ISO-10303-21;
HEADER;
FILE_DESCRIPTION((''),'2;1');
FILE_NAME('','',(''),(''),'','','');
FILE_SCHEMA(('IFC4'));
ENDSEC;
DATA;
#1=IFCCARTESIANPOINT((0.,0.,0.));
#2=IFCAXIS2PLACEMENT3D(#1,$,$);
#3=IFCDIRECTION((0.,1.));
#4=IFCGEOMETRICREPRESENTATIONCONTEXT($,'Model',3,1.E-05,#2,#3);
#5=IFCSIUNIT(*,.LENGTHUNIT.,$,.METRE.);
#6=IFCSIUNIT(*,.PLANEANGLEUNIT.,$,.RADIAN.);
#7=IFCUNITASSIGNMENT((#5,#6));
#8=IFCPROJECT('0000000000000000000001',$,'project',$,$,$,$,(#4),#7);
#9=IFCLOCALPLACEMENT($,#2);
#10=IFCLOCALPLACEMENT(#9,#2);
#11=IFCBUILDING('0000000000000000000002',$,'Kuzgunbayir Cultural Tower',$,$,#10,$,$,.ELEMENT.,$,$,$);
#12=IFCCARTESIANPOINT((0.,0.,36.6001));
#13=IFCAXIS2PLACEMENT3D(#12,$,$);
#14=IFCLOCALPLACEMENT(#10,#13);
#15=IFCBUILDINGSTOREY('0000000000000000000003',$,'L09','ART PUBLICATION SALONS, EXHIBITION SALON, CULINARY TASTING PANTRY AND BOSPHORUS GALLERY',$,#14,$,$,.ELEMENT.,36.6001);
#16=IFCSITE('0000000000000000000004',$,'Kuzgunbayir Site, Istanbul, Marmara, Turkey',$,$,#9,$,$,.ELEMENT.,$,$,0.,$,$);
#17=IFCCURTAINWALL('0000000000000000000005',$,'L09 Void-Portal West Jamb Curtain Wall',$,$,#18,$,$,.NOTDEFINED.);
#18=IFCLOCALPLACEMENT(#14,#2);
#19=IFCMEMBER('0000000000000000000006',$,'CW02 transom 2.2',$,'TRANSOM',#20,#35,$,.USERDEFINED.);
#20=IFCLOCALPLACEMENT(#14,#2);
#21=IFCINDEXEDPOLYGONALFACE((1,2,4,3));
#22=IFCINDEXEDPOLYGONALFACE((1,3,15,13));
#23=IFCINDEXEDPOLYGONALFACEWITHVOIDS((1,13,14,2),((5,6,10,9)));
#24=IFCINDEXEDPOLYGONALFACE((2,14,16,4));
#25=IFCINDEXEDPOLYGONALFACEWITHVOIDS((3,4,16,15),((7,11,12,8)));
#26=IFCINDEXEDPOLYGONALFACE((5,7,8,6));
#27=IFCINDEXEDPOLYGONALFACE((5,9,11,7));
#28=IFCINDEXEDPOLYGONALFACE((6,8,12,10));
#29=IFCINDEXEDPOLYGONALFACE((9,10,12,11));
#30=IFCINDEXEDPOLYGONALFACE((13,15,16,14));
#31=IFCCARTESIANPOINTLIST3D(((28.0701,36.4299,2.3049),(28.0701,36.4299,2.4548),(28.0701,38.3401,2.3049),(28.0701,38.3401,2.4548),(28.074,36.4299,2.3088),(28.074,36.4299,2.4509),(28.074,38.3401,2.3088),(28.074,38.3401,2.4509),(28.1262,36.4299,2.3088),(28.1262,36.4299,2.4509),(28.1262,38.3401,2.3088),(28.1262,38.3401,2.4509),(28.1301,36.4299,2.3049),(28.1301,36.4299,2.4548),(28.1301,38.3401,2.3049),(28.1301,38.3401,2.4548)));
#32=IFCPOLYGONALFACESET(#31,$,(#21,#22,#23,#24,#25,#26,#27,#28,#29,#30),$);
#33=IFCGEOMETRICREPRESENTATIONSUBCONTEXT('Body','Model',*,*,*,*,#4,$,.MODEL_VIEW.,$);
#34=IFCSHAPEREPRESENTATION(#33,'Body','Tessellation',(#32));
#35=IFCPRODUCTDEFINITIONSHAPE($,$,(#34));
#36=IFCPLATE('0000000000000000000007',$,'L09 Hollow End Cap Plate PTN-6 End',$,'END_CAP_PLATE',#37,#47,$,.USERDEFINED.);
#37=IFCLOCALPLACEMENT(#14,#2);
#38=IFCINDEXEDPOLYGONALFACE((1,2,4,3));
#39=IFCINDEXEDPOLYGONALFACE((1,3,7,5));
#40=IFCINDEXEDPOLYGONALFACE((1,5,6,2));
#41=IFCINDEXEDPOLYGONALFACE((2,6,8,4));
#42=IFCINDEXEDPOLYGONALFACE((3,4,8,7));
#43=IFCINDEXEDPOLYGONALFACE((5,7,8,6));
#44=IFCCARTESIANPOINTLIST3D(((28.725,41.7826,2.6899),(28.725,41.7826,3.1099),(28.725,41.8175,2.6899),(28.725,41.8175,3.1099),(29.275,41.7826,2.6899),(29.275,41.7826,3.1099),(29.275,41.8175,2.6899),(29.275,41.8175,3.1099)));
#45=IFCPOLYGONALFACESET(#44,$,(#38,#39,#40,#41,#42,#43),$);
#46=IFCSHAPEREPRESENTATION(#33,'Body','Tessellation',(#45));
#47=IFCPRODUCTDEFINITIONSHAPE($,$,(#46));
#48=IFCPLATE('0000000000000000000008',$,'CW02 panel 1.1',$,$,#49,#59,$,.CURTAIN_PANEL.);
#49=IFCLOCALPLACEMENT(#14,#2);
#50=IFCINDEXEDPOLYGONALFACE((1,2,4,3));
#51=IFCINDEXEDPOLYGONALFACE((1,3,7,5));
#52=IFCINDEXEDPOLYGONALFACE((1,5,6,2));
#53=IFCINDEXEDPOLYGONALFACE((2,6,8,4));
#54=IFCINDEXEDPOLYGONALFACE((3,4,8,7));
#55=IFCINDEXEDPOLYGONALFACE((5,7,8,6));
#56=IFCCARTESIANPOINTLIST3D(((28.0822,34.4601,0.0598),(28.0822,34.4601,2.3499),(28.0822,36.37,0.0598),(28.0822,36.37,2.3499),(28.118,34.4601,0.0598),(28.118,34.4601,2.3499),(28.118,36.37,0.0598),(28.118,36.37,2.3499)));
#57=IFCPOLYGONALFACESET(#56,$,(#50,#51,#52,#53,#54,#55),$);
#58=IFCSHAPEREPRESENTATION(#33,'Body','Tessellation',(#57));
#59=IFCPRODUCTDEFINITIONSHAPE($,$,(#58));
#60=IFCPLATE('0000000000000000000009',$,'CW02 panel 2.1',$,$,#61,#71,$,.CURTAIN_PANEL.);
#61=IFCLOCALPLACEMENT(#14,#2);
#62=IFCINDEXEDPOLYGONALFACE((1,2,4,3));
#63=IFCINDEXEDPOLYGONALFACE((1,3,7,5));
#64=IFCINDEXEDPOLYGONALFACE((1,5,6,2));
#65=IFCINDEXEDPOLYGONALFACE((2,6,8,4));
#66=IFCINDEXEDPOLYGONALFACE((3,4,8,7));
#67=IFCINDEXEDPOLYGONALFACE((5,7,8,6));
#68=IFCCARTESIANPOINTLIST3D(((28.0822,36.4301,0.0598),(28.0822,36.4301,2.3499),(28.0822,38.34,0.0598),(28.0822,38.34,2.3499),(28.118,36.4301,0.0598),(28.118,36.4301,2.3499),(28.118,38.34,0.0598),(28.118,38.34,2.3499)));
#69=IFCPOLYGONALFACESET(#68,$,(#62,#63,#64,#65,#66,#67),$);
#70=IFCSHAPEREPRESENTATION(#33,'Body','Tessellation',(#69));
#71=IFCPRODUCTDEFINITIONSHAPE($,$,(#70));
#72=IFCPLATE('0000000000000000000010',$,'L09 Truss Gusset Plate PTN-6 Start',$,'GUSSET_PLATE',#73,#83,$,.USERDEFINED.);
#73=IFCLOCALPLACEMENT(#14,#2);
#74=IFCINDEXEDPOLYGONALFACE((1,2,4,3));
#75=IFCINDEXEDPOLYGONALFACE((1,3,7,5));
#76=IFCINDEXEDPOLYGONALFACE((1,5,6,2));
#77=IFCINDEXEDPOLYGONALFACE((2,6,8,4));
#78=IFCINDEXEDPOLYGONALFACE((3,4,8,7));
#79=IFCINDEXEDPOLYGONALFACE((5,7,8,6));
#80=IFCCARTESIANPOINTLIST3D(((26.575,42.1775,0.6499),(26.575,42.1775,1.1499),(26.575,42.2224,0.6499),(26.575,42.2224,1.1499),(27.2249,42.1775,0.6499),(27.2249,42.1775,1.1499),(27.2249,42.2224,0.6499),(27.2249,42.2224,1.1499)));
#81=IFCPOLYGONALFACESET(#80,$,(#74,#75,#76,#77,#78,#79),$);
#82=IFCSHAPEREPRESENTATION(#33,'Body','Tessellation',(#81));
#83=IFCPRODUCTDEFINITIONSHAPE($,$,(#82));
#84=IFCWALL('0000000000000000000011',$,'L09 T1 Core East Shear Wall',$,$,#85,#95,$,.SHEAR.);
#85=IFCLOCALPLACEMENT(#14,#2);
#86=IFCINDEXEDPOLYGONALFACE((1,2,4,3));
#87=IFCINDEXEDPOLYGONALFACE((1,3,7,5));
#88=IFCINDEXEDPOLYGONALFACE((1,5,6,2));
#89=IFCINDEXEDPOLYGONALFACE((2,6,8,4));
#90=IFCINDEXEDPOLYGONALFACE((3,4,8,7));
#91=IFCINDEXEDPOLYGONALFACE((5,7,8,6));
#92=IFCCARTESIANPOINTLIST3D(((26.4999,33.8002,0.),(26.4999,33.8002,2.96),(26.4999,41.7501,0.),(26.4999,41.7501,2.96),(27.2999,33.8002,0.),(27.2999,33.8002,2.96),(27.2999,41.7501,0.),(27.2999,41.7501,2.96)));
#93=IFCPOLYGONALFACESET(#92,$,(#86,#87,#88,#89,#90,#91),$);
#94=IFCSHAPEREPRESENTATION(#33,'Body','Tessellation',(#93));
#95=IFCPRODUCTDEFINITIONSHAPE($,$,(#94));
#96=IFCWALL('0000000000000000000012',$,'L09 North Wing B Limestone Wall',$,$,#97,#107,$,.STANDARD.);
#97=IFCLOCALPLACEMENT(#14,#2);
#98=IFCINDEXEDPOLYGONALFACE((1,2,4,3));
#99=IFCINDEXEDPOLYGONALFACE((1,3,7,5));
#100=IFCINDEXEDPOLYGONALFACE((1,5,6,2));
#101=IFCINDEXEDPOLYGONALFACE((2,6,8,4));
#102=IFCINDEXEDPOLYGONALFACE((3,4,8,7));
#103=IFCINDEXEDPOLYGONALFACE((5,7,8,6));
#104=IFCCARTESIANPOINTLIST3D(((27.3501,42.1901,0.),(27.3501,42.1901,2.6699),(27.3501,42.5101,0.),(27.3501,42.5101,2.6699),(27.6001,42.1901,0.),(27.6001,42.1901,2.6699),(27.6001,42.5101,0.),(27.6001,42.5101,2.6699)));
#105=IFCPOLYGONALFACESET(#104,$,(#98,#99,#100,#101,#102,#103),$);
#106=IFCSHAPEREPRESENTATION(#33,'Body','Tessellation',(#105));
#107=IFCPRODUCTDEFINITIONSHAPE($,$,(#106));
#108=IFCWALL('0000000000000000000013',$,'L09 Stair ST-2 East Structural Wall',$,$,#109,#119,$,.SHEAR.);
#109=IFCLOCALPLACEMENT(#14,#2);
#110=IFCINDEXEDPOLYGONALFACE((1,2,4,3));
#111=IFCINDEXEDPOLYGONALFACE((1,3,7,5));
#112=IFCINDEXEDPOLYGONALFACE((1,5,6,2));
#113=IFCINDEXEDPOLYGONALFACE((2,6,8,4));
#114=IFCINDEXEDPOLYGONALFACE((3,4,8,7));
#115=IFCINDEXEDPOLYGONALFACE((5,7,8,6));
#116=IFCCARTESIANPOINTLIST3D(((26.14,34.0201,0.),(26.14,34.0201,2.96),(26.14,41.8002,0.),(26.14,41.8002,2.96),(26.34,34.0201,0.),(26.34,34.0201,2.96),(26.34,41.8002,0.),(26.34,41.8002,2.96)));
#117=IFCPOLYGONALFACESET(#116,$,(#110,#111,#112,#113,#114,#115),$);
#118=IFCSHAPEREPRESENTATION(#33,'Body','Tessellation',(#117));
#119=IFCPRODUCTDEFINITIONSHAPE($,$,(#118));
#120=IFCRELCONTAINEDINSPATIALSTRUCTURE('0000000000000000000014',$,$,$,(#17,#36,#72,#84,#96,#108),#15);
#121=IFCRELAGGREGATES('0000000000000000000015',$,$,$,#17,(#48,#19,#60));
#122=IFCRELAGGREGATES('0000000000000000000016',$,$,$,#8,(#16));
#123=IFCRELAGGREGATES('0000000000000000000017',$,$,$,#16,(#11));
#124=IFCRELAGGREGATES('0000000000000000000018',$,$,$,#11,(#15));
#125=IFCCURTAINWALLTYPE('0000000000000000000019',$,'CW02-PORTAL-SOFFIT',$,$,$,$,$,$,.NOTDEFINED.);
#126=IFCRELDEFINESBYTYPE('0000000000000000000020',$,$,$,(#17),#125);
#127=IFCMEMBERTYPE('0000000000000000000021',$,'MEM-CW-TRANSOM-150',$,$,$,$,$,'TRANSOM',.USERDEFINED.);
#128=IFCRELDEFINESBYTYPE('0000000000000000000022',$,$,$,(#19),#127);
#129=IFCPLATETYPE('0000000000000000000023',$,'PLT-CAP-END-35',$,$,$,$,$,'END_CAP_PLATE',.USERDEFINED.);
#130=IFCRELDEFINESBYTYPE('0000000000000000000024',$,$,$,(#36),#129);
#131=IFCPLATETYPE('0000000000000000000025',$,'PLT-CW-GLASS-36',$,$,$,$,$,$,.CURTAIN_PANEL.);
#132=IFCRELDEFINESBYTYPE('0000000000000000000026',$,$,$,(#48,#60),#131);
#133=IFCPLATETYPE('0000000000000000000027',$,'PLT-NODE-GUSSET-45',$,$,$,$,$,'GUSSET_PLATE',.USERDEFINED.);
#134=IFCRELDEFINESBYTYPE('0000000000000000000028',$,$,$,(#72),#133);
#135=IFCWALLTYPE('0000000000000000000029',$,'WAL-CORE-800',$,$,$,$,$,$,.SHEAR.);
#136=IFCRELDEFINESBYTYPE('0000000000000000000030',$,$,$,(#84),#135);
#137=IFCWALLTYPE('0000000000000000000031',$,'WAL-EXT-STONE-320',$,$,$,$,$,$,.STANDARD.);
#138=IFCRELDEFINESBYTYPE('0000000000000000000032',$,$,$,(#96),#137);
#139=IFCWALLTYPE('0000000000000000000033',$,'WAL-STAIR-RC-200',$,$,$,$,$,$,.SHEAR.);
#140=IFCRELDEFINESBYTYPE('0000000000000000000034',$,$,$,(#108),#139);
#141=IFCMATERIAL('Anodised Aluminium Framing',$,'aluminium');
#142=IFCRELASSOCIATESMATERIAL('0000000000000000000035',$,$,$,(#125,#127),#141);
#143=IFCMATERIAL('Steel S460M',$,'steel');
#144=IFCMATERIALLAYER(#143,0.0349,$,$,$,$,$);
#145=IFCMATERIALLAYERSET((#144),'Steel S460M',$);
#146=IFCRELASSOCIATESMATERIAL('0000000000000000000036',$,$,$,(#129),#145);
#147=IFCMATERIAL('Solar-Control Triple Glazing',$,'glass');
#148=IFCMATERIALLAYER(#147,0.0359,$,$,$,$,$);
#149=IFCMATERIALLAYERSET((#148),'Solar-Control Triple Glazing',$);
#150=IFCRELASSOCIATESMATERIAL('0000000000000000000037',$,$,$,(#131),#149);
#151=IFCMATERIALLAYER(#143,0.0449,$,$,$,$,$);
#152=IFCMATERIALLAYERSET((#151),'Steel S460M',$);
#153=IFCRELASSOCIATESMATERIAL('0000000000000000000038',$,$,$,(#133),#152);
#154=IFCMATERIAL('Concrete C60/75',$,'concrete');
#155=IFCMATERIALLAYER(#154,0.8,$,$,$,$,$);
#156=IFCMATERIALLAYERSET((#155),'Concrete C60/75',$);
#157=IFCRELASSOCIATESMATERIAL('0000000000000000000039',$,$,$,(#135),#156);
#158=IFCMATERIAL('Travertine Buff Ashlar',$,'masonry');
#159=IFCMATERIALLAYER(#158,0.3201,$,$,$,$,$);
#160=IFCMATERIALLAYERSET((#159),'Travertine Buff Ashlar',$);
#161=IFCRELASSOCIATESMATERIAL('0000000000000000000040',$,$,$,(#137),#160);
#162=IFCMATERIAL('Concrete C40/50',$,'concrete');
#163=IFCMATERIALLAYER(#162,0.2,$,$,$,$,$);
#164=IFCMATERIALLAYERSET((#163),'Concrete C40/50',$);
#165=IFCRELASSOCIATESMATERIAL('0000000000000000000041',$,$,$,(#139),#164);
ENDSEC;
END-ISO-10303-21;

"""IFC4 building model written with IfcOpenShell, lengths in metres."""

from ifc_helpers import new_model, si_unit, direction, frame, frame_2d, origin, origin_2d, place, context, subcontext, project, spatial, rectangle, hollow_rectangle, extrude, material, layer, layer_set, material_profile, profile_set, type_object, element, aggregate, save


model = new_model("IFC4")

# Units and contexts
model_context = context("Model", 3, precision=1e-05, world=origin(), true_north=direction((0.0, 1.0)))
body_context = subcontext(model_context, "Body", "Model", "MODEL_VIEW")
ifc_project = project(units=[si_unit("LENGTHUNIT", "METRE"), si_unit("PLANEANGLEUNIT", "RADIAN")], contexts=[model_context])

# Site, building, storey
site_placement = place(None, origin())
site = spatial("IfcSite", under=ifc_project, at=site_placement, Name="Kuzgunbayir Site, Istanbul, Marmara, Turkey", CompositionType="ELEMENT", RefElevation=0.0)
building_placement = place(site_placement, origin())
building = spatial("IfcBuilding", under=site, at=building_placement, Name="Kuzgunbayir Cultural Tower", CompositionType="ELEMENT")
storey_placement = place(building_placement, frame((0.0, 0.0, 36.6001)))
storey = spatial("IfcBuildingStorey", under=building, at=storey_placement, Name="L09", Description="ART PUBLICATION SALONS, EXHIBITION SALON, CULINARY TASTING PANTRY AND BOSPHORUS GALLERY", CompositionType="ELEMENT", Elevation=36.6001)

# Shared definitions
ifc_material_1 = material(Name="Concrete C60/75", Category="concrete")

# Curtain wall, member
ifc_material_2 = material(Name="Anodised Aluminium Framing", Category="aluminium")
curtain_wall_type = type_object("IfcCurtainWallType", Name="CW02-PORTAL-SOFFIT", PredefinedType="NOTDEFINED", material=ifc_material_2)
curtain_wall_placement = place(storey_placement, origin())
curtain_wall = element("IfcCurtainWall", 1, at=curtain_wall_placement, inside=storey, type_object=curtain_wall_type, Name="L09 Void-Portal West Jamb Curtain Wall", PredefinedType="NOTDEFINED")
ifc_material_profile_1 = material_profile(ifc_material_2, hollow_rectangle(XDim=0.0601, YDim=0.1499, WallThickness=0.0039, at=origin_2d()), Name="RHS 150x60x4")
ifc_profile_set_1 = profile_set([ifc_material_profile_1], Name="Anodised Aluminium Framing")
member_type_1 = type_object("IfcMemberType", Name="MEM-CW-TRANSOM-150", ElementType="TRANSOM", PredefinedType="USERDEFINED", material=ifc_profile_set_1)
member_1_placement = place(storey_placement, frame((28.1001, 36.4299, 2.3799), z_axis=(0.0, 1.0, 0.0), x_axis=(-1.0, 0.0, 0.0)))
member_1 = element("IfcMember", 2, at=member_1_placement, type_object=member_type_1, Name="CW02 transom 2.2", ObjectType="TRANSOM", PredefinedType="USERDEFINED", context=body_context, shape_type="SweptSolid", body=[
    extrude(hollow_rectangle(XDim=0.0601, YDim=0.1499, WallThickness=0.0039, at=origin_2d()), origin(), (0.0, 0.0, 1.0), 1.9102),
])

# Plates
ifc_material_3 = material(Name="Steel S460M", Category="steel")
ifc_layer_1 = layer(ifc_material_3, 0.0349)
ifc_layer_set_1 = layer_set([ifc_layer_1], Name="Steel S460M")
plate_type_1 = type_object("IfcPlateType", Name="PLT-CAP-END-35", ElementType="END_CAP_PLATE", PredefinedType="USERDEFINED", material=ifc_layer_set_1)
plate_1_placement = place(storey_placement, frame((29.0, 41.8, 2.6899), z_axis=(0.0, 0.0, 1.0), x_axis=(1.0, 0.0, 0.0)))
element("IfcPlate", 3, at=plate_1_placement, inside=storey, type_object=plate_type_1, Name="L09 Hollow End Cap Plate PTN-6 End", ObjectType="END_CAP_PLATE", PredefinedType="USERDEFINED", context=body_context, shape_type="SweptSolid", body=[
    extrude(rectangle(XDim=0.55, YDim=0.0349, at=origin_2d()), origin(), (0.0, 0.0, 1.0), 0.4199),
])
ifc_material_4 = material(Name="Solar-Control Triple Glazing", Category="glass")
ifc_layer_2 = layer(ifc_material_4, 0.0359)
ifc_layer_set_2 = layer_set([ifc_layer_2], Name="Solar-Control Triple Glazing")
plate_type_2 = type_object("IfcPlateType", Name="PLT-CW-GLASS-36", PredefinedType="CURTAIN_PANEL", material=ifc_layer_set_2)
plate_2_placement = place(storey_placement, frame((28.1001, 35.415, 0.0598), z_axis=(0.0, 0.0, 1.0), x_axis=(0.0, 1.0, 0.0)))
plate_2 = element("IfcPlate", 4, at=plate_2_placement, type_object=plate_type_2, Name="CW02 panel 1.1", PredefinedType="CURTAIN_PANEL", context=body_context, shape_type="SweptSolid", body=[
    extrude(rectangle(XDim=1.9099, YDim=0.0359, at=origin_2d()), origin(), (0.0, 0.0, 1.0), 2.29),
])
plate_3_placement = place(storey_placement, frame((28.1001, 37.385, 0.0598), z_axis=(0.0, 0.0, 1.0), x_axis=(0.0, 1.0, 0.0)))
plate_3 = element("IfcPlate", 5, at=plate_3_placement, type_object=plate_type_2, Name="CW02 panel 2.1", PredefinedType="CURTAIN_PANEL", context=body_context, shape_type="SweptSolid", body=[
    extrude(rectangle(XDim=1.9099, YDim=0.0359, at=origin_2d()), origin(), (0.0, 0.0, 1.0), 2.29),
])
aggregate(curtain_wall, [plate_2, member_1, plate_3])
ifc_layer_3 = layer(ifc_material_3, 0.0449)
ifc_layer_set_3 = layer_set([ifc_layer_3], Name="Steel S460M")
plate_type_3 = type_object("IfcPlateType", Name="PLT-NODE-GUSSET-45", ElementType="GUSSET_PLATE", PredefinedType="USERDEFINED", material=ifc_layer_set_3)
plate_4_placement = place(storey_placement, frame((26.8999, 42.2, 0.6499), z_axis=(0.0, 0.0, 1.0), x_axis=(1.0, 0.0, 0.0)))
element("IfcPlate", 6, at=plate_4_placement, inside=storey, type_object=plate_type_3, Name="L09 Truss Gusset Plate PTN-6 Start", ObjectType="GUSSET_PLATE", PredefinedType="USERDEFINED", context=body_context, shape_type="SweptSolid", body=[
    extrude(rectangle(XDim=0.6499, YDim=0.0449, at=origin_2d()), origin(), (0.0, 0.0, 1.0), 0.5),
])

# Walls
ifc_layer_4 = layer(ifc_material_1, 0.8)
ifc_layer_set_4 = layer_set([ifc_layer_4], Name="Concrete C60/75")
wall_type_1 = type_object("IfcWallType", Name="WAL-CORE-800", PredefinedType="SHEAR", material=ifc_layer_set_4)
wall_1_placement = place(storey_placement, frame((26.8999, 33.8, 0.0), z_axis=(0.0, 0.0, 1.0), x_axis=(0.0, 1.0, 0.0)))
element("IfcWall", 7, at=wall_1_placement, inside=storey, type_object=wall_type_1, Name="L09 T1 Core East Shear Wall", PredefinedType="SHEAR", context=body_context, shape_type="SweptSolid", body=[
    extrude(rectangle(XDim=7.95, YDim=0.8, at=frame_2d((3.9751, 0.0))), origin(), (0.0, 0.0, 1.0), 2.96),
])
ifc_material_5 = material(Name="Travertine Buff Ashlar", Category="masonry")
ifc_layer_5 = layer(ifc_material_5, 0.3201)
ifc_layer_set_5 = layer_set([ifc_layer_5], Name="Travertine Buff Ashlar")
wall_type_2 = type_object("IfcWallType", Name="WAL-EXT-STONE-320", PredefinedType="STANDARD", material=ifc_layer_set_5)
wall_2_placement = place(storey_placement, frame((27.6001, 42.3501, 0.0), z_axis=(0.0, 0.0, 1.0), x_axis=(-1.0, 0.0, 0.0)))
element("IfcWall", 8, at=wall_2_placement, inside=storey, type_object=wall_type_2, Name="L09 North Wing B Limestone Wall", PredefinedType="STANDARD", context=body_context, shape_type="SweptSolid", body=[
    extrude(rectangle(XDim=0.25, YDim=0.3201, at=frame_2d((0.125, 0.0))), origin(), (0.0, 0.0, 1.0), 2.6699),
])
ifc_material_6 = material(Name="Concrete C40/50", Category="concrete")
ifc_layer_6 = layer(ifc_material_6, 0.2)
ifc_layer_set_6 = layer_set([ifc_layer_6], Name="Concrete C40/50")
wall_type_3 = type_object("IfcWallType", Name="WAL-STAIR-RC-200", PredefinedType="SHEAR", material=ifc_layer_set_6)
wall_3_placement = place(storey_placement, frame((26.24, 34.02, 0.0), z_axis=(0.0, 0.0, 1.0), x_axis=(0.0, 1.0, 0.0)))
element("IfcWall", 9, at=wall_3_placement, inside=storey, type_object=wall_type_3, Name="L09 Stair ST-2 East Structural Wall", PredefinedType="SHEAR", context=body_context, shape_type="SweptSolid", body=[
    extrude(rectangle(XDim=7.78, YDim=0.2, at=frame_2d((3.8901, 0.0))), origin(), (0.0, 0.0, 1.0), 2.96),
])

save(model, "model.ifc")
